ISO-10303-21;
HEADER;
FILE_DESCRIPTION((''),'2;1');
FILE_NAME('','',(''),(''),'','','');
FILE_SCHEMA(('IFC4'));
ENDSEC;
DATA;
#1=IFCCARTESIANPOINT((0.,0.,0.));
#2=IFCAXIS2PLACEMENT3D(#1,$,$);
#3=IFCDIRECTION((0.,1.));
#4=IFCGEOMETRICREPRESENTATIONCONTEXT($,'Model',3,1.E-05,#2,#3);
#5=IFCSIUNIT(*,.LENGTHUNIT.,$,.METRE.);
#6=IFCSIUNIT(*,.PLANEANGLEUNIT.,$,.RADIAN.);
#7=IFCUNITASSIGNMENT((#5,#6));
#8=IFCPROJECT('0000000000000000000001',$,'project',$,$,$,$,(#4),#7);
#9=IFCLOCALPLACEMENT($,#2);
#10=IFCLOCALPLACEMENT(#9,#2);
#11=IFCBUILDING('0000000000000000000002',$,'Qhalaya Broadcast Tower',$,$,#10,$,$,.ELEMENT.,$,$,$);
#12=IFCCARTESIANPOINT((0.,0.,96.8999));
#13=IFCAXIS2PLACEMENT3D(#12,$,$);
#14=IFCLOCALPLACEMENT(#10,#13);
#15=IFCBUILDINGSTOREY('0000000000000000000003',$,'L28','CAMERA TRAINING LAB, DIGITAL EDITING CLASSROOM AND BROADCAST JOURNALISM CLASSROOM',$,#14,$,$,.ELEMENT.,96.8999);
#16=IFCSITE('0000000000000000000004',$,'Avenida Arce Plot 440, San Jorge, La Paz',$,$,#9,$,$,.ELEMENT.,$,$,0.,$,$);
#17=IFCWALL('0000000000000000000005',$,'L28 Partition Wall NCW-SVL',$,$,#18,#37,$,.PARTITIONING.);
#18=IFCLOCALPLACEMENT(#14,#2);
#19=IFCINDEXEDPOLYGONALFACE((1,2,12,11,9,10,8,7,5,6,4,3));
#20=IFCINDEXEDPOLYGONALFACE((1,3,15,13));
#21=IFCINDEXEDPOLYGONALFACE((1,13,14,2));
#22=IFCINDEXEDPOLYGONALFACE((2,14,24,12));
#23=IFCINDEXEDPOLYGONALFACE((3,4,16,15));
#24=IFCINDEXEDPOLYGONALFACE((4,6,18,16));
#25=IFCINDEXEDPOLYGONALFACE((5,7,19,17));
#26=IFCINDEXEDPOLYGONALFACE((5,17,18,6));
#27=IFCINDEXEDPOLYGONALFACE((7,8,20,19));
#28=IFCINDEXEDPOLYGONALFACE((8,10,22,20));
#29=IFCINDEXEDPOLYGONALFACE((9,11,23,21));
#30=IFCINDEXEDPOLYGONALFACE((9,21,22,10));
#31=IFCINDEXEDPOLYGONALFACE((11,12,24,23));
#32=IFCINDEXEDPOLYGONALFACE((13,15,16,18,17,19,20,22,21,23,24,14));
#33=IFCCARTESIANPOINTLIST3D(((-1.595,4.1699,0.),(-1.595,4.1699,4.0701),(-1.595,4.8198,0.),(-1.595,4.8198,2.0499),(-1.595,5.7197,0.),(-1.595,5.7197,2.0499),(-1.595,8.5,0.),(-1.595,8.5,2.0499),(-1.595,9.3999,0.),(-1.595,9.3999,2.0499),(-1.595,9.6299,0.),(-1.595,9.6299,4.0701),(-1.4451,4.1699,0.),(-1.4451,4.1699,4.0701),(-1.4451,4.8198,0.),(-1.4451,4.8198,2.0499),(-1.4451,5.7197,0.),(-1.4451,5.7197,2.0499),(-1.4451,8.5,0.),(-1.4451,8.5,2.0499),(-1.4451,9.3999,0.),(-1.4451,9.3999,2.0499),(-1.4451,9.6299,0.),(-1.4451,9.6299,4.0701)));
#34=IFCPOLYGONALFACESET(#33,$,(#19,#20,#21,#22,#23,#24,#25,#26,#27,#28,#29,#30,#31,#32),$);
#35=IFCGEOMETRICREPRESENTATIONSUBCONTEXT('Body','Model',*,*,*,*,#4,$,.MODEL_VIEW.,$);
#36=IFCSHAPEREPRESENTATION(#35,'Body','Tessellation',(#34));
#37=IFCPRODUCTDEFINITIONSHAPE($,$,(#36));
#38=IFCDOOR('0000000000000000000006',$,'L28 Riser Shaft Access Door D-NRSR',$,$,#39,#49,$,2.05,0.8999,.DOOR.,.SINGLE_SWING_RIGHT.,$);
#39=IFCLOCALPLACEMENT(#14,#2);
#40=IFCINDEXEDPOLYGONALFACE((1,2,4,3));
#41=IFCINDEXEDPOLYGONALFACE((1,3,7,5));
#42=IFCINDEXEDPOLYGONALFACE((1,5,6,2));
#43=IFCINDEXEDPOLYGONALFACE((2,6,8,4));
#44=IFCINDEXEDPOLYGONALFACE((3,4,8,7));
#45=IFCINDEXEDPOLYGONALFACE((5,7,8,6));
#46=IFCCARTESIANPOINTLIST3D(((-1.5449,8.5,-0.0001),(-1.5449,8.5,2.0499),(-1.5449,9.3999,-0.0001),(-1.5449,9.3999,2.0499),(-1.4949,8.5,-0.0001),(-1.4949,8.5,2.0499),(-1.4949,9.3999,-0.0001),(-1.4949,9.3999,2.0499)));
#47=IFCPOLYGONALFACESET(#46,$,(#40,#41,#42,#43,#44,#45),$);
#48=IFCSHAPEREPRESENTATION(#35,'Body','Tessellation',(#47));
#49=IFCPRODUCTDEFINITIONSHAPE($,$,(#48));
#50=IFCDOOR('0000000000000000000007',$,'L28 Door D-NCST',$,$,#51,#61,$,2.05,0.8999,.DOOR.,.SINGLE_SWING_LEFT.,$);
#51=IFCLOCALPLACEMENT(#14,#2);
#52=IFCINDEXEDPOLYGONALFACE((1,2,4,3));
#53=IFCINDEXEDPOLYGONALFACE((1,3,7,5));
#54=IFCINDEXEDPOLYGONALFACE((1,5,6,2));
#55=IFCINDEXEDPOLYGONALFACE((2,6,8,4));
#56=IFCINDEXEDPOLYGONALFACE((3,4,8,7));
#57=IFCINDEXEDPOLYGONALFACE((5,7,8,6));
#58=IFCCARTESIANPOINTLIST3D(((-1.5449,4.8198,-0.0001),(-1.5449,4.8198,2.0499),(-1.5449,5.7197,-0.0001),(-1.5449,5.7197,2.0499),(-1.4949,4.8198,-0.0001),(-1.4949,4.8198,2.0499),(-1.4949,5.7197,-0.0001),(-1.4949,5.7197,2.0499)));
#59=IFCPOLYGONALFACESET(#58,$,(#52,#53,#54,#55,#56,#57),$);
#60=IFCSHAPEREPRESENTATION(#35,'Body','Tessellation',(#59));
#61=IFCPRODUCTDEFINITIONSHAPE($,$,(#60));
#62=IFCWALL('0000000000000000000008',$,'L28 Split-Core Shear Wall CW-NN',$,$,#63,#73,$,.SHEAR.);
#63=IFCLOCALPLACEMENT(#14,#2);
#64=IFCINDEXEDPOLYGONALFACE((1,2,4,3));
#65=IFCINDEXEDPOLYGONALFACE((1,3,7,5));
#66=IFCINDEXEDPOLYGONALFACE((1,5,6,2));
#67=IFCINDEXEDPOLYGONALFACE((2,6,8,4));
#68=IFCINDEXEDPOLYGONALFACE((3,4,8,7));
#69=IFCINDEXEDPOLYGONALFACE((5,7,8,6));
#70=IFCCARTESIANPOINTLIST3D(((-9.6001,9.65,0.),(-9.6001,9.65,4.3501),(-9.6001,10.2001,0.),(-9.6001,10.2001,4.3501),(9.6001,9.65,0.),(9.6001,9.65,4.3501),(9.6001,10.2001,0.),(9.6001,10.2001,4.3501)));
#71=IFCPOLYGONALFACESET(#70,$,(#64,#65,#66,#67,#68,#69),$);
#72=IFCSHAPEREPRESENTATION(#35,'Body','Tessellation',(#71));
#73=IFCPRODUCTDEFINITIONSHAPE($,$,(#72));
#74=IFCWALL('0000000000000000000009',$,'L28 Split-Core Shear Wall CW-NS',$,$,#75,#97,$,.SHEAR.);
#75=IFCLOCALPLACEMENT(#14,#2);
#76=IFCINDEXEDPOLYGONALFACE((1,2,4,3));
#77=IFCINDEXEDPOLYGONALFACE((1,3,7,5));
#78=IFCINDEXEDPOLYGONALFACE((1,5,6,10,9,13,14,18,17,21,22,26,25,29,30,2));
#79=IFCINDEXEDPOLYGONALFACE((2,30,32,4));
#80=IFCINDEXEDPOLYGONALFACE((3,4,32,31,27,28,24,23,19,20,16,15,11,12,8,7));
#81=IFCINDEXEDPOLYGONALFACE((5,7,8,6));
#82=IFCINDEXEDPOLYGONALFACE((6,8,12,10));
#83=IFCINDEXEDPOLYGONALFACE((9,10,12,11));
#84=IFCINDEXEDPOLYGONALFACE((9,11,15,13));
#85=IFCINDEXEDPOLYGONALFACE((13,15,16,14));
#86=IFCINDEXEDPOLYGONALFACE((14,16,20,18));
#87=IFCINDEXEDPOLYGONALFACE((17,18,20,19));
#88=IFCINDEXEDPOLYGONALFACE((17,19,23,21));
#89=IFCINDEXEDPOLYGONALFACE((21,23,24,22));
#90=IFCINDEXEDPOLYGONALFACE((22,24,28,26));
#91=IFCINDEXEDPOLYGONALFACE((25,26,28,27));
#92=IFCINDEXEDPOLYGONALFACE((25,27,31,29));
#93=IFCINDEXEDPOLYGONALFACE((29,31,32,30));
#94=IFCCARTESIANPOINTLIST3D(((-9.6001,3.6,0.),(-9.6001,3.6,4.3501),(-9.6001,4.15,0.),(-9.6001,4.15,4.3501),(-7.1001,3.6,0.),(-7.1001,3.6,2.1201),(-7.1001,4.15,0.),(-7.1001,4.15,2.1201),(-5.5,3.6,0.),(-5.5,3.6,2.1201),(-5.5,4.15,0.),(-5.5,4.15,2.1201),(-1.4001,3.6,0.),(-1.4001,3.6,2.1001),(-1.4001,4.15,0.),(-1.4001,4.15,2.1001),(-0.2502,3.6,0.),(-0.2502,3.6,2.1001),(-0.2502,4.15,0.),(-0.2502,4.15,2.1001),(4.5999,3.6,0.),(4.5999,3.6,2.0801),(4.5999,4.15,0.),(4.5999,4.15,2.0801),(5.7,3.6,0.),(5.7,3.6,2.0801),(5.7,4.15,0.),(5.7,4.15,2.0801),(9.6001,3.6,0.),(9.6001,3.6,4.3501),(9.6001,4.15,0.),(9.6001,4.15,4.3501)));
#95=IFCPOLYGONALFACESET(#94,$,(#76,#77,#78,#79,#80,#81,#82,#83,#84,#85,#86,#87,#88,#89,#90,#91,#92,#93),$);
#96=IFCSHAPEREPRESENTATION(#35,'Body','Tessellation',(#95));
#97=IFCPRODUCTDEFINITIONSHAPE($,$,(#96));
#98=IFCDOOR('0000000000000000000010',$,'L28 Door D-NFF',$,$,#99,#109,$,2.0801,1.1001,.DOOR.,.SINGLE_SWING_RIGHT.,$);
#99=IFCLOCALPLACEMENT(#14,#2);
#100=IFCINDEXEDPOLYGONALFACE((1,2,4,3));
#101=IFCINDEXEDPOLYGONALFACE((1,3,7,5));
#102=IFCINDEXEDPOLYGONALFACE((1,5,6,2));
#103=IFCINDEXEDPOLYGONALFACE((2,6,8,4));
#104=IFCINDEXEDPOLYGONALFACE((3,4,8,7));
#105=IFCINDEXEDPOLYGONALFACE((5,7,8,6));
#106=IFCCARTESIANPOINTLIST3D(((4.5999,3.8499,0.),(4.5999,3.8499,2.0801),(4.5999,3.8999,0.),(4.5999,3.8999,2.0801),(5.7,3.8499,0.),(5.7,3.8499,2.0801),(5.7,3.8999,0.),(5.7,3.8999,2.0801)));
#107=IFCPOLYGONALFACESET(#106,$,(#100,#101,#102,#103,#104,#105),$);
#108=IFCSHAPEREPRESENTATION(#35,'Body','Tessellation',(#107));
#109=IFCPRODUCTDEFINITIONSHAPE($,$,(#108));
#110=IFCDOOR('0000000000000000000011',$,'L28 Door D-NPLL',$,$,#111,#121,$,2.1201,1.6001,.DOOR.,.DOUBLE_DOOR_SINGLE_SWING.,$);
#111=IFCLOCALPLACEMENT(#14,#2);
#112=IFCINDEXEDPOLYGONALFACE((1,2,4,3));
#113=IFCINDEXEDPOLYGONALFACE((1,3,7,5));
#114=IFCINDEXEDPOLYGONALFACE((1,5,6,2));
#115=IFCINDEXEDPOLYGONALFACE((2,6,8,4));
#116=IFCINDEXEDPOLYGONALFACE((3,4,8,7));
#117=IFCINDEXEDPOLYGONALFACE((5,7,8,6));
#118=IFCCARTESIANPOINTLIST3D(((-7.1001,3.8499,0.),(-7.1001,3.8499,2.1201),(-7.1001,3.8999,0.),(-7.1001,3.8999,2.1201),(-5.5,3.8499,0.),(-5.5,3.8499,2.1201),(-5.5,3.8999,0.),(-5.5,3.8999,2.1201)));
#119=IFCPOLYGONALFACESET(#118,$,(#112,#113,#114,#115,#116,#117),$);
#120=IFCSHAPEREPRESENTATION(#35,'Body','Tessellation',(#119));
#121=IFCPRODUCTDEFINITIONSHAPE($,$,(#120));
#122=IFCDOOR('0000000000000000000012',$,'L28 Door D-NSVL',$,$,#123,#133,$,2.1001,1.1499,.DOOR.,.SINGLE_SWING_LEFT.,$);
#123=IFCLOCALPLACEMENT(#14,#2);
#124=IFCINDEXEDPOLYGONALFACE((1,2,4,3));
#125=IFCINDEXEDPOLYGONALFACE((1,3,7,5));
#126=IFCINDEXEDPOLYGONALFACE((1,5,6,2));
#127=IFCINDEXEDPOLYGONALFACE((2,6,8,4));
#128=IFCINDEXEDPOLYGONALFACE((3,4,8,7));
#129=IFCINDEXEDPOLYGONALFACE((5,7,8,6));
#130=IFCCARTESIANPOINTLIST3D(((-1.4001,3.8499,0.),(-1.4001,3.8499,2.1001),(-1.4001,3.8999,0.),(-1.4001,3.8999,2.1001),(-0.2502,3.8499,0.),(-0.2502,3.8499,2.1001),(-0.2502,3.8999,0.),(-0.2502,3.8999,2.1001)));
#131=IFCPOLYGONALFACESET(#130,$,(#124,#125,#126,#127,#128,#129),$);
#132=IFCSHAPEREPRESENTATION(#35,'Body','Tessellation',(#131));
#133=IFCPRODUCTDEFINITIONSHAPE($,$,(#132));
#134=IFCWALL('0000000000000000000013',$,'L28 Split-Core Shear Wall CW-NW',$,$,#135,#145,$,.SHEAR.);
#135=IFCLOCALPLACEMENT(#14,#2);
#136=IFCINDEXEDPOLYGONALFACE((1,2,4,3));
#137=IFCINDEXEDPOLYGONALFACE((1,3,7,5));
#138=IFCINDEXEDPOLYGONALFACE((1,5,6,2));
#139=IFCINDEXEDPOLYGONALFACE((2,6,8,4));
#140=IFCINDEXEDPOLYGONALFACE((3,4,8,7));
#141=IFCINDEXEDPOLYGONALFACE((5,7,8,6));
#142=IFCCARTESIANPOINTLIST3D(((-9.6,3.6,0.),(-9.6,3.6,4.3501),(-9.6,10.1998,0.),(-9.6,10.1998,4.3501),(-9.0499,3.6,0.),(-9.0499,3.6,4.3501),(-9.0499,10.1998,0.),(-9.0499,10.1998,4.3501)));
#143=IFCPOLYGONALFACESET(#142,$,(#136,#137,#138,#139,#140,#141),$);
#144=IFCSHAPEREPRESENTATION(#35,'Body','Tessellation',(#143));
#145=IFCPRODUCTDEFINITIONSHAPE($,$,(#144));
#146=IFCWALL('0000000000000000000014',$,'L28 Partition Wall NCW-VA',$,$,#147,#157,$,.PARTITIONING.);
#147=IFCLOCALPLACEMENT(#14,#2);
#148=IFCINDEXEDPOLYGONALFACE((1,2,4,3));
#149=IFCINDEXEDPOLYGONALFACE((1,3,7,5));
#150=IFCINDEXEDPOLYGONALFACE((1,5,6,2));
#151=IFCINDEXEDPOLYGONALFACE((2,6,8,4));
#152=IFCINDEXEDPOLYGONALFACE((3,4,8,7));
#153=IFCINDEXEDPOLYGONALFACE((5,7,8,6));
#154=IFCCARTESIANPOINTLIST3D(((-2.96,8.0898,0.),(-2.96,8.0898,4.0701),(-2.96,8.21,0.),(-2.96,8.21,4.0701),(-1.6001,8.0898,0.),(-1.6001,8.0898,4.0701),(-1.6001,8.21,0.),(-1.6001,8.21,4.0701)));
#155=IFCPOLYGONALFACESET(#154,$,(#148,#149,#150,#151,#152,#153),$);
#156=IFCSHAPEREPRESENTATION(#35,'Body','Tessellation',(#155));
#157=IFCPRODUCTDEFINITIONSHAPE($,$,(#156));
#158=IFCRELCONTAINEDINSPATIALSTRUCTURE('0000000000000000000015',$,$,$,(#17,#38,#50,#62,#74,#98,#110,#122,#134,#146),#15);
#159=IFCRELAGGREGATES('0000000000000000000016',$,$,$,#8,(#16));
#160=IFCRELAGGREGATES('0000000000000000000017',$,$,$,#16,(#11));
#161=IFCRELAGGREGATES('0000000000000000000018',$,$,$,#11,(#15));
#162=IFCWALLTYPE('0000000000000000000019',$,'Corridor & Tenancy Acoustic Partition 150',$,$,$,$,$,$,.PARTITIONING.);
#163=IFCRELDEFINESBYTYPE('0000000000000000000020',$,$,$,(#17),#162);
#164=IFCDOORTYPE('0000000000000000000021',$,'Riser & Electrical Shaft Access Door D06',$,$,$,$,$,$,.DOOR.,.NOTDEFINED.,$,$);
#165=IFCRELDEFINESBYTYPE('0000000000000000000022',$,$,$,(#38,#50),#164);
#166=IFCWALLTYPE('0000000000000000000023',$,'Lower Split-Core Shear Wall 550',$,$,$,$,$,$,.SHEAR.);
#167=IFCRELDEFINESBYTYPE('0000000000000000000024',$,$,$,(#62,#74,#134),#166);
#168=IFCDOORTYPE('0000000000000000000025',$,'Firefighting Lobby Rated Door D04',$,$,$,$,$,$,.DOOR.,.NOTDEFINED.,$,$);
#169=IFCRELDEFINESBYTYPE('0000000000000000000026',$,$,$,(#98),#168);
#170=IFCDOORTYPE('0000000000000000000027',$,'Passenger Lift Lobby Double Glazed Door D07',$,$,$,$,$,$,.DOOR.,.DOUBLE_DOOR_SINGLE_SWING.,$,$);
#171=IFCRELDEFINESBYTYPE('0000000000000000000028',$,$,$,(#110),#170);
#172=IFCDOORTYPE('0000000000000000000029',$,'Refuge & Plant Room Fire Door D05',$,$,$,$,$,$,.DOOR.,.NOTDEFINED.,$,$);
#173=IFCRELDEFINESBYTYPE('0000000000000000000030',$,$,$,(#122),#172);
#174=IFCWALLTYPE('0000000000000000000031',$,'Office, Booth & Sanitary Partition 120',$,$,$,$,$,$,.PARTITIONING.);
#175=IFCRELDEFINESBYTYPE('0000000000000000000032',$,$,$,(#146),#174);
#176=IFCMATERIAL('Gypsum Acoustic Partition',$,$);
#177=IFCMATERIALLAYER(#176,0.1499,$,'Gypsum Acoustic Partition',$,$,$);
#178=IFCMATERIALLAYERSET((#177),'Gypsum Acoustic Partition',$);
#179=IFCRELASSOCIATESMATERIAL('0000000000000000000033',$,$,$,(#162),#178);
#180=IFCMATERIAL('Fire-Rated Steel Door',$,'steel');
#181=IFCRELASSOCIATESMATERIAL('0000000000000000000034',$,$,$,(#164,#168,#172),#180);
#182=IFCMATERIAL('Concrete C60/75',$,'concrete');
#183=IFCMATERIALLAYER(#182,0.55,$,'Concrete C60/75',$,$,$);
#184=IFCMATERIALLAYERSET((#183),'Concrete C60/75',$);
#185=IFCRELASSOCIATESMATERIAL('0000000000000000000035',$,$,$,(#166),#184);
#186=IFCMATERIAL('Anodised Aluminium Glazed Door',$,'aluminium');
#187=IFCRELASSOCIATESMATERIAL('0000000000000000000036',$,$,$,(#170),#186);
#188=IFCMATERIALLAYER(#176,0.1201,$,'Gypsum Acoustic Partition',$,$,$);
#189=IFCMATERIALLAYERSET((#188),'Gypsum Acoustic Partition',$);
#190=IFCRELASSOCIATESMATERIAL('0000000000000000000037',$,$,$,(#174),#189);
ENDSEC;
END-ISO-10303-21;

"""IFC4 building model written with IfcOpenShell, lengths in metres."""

from ifc_helpers import new_model, si_unit, direction, frame, frame_2d, origin, place, context, subcontext, project, spatial, rectangle, extrude, material, layer, layer_set, type_object, element, fill, save


model = new_model("IFC4")

# Units and contexts
model_context = context("Model", 3, precision=1e-05, world=origin(), true_north=direction((0.0, 1.0)))
body_context = subcontext(model_context, "Body", "Model", "MODEL_VIEW")
ifc_project = project(units=[si_unit("LENGTHUNIT", "METRE"), si_unit("PLANEANGLEUNIT", "RADIAN")], contexts=[model_context])

# Site, building, storey
site_placement = place(None, origin())
site = spatial("IfcSite", under=ifc_project, at=site_placement, Name="Avenida Arce Plot 440, San Jorge, La Paz", CompositionType="ELEMENT", RefElevation=0.0)
building_placement = place(site_placement, origin())
building = spatial("IfcBuilding", under=site, at=building_placement, Name="Qhalaya Broadcast Tower", CompositionType="ELEMENT")
storey_placement = place(building_placement, frame((0.0, 0.0, 96.8999)))
storey = spatial("IfcBuildingStorey", under=building, at=storey_placement, Name="L28", Description="CAMERA TRAINING LAB, DIGITAL EDITING CLASSROOM AND BROADCAST JOURNALISM CLASSROOM", CompositionType="ELEMENT", Elevation=96.8999)

# Wall, openings, doors
ifc_material_1 = material(Name="Gypsum Acoustic Partition")
ifc_layer_1 = layer(ifc_material_1, 0.1499, Name="Gypsum Acoustic Partition")
ifc_layer_set_1 = layer_set([ifc_layer_1], Name="Gypsum Acoustic Partition")
wall_type_1 = type_object("IfcWallType", Name="Corridor & Tenancy Acoustic Partition 150", PredefinedType="PARTITIONING", material=ifc_layer_set_1)
wall_1_placement = place(storey_placement, frame((-1.52, 4.1699, 0.0), z_axis=(0.0, 0.0, 1.0), x_axis=(0.0, 1.0, 0.0)))
wall_1 = element("IfcWall", 1, at=wall_1_placement, inside=storey, type_object=wall_type_1, Name="L28 Partition Wall NCW-SVL", PredefinedType="PARTITIONING", context=body_context, shape_type="SweptSolid", body=[
    extrude(rectangle(XDim=5.46, YDim=0.1499, at=frame_2d((2.73, 0.0))), origin(), (0.0, 0.0, 1.0), 4.0701),
])
opening_1_placement = place(wall_1_placement, frame((4.3301, 0.0, 0.0)))
opening_1 = element("IfcOpeningElement", 2, at=opening_1_placement, cuts=wall_1, PredefinedType="OPENING", context=body_context, shape_type="SweptSolid", body=[
    extrude(rectangle(XDim=0.8999, YDim=2.05, at=frame_2d((0.45, 1.0249))), frame((0.0, 0.0869, 0.0), z_axis=(0.0, -1.0, 0.0), x_axis=(1.0, 0.0, 0.0)), (0.0, 0.0, 1.0), 0.1738),
])
opening_2_placement = place(wall_1_placement, frame((0.6499, 0.0, 0.0)))
opening_2 = element("IfcOpeningElement", 3, at=opening_2_placement, cuts=wall_1, PredefinedType="OPENING", context=body_context, shape_type="SweptSolid", body=[
    extrude(rectangle(XDim=0.8999, YDim=2.05, at=frame_2d((0.45, 1.0249))), frame((0.0, 0.0869, 0.0), z_axis=(0.0, -1.0, 0.0), x_axis=(1.0, 0.0, 0.0)), (0.0, 0.0, 1.0), 0.1738),
])
ifc_material_2 = material(Name="Fire-Rated Steel Door", Category="steel")
door_type_1 = type_object("IfcDoorType", Name="Riser & Electrical Shaft Access Door D06", OperationType="NOTDEFINED", PredefinedType="DOOR", material=ifc_material_2)
door_1_placement = place(opening_1_placement, origin())
door_1 = element("IfcDoor", 4, at=door_1_placement, inside=storey, type_object=door_type_1, Name="L28 Riser Shaft Access Door D-NRSR", OperationType="SINGLE_SWING_RIGHT", OverallHeight=2.05, OverallWidth=0.8999, PredefinedType="DOOR", context=body_context, shape_type="SweptSolid", body=[
    extrude(rectangle(XDim=0.8999, YDim=2.05, at=frame_2d((0.45, 1.0249))), frame((0.0, 0.0249, 0.0), z_axis=(0.0, -1.0, 0.0), x_axis=(1.0, 0.0, 0.0)), (0.0, 0.0, 1.0), 0.05),
])
fill(opening_1, door_1)
door_2_placement = place(opening_2_placement, origin())
door_2 = element("IfcDoor", 5, at=door_2_placement, inside=storey, type_object=door_type_1, Name="L28 Door D-NCST", OperationType="SINGLE_SWING_LEFT", OverallHeight=2.05, OverallWidth=0.8999, PredefinedType="DOOR", context=body_context, shape_type="SweptSolid", body=[
    extrude(rectangle(XDim=0.8999, YDim=2.05, at=frame_2d((0.45, 1.0249))), frame((0.0, 0.0249, 0.0), z_axis=(0.0, -1.0, 0.0), x_axis=(1.0, 0.0, 0.0)), (0.0, 0.0, 1.0), 0.05),
])
fill(opening_2, door_2)

# Wall
ifc_material_3 = material(Name="Concrete C60/75", Category="concrete")
ifc_layer_2 = layer(ifc_material_3, 0.55, Name="Concrete C60/75")
ifc_layer_set_2 = layer_set([ifc_layer_2], Name="Concrete C60/75")
wall_type_2 = type_object("IfcWallType", Name="Lower Split-Core Shear Wall 550", PredefinedType="SHEAR", material=ifc_layer_set_2)
wall_2_placement = place(storey_placement, frame((-9.6001, 9.925, 0.0), z_axis=(0.0, 0.0, 1.0), x_axis=(1.0, 0.0, 0.0)))
element("IfcWall", 6, at=wall_2_placement, inside=storey, type_object=wall_type_2, Name="L28 Split-Core Shear Wall CW-NN", PredefinedType="SHEAR", context=body_context, shape_type="SweptSolid", body=[
    extrude(rectangle(XDim=19.2002, YDim=0.55, at=frame_2d((9.6001, 0.0))), origin(), (0.0, 0.0, 1.0), 4.3501),
])

# Wall, openings, doors
wall_3_placement = place(storey_placement, frame((-9.6001, 3.875, 0.0), z_axis=(0.0, 0.0, 1.0), x_axis=(1.0, 0.0, 0.0)))
wall_3 = element("IfcWall", 7, at=wall_3_placement, inside=storey, type_object=wall_type_2, Name="L28 Split-Core Shear Wall CW-NS", PredefinedType="SHEAR", context=body_context, shape_type="SweptSolid", body=[
    extrude(rectangle(XDim=19.2002, YDim=0.55, at=frame_2d((9.6001, 0.0))), origin(), (0.0, 0.0, 1.0), 4.3501),
])
opening_3_placement = place(wall_3_placement, frame((14.2, 0.0, 0.0)))
opening_3 = element("IfcOpeningElement", 8, at=opening_3_placement, cuts=wall_3, PredefinedType="OPENING", context=body_context, shape_type="SweptSolid", body=[
    extrude(rectangle(XDim=1.1001, YDim=2.0801, at=frame_2d((0.55, 1.04))), frame((0.0, 0.2871, 0.0), z_axis=(0.0, -1.0, 0.0), x_axis=(1.0, 0.0, 0.0)), (0.0, 0.0, 1.0), 0.574),
])
opening_4_placement = place(wall_3_placement, frame((8.2, 0.0, 0.0)))
opening_4 = element("IfcOpeningElement", 9, at=opening_4_placement, cuts=wall_3, PredefinedType="OPENING", context=body_context, shape_type="SweptSolid", body=[
    extrude(rectangle(XDim=1.1499, YDim=2.1001, at=frame_2d((0.575, 1.05))), frame((0.0, 0.2871, 0.0), z_axis=(0.0, -1.0, 0.0), x_axis=(1.0, 0.0, 0.0)), (0.0, 0.0, 1.0), 0.574),
])
opening_5_placement = place(wall_3_placement, frame((2.5, 0.0, 0.0)))
opening_5 = element("IfcOpeningElement", 10, at=opening_5_placement, cuts=wall_3, PredefinedType="OPENING", context=body_context, shape_type="SweptSolid", body=[
    extrude(rectangle(XDim=1.6001, YDim=2.1201, at=frame_2d((0.8, 1.0601))), frame((0.0, 0.2871, 0.0), z_axis=(0.0, -1.0, 0.0), x_axis=(1.0, 0.0, 0.0)), (0.0, 0.0, 1.0), 0.574),
])
door_type_2 = type_object("IfcDoorType", Name="Firefighting Lobby Rated Door D04", OperationType="NOTDEFINED", PredefinedType="DOOR", material=ifc_material_2)
door_3_placement = place(opening_3_placement, origin())
door_3 = element("IfcDoor", 11, at=door_3_placement, inside=storey, type_object=door_type_2, Name="L28 Door D-NFF", OperationType="SINGLE_SWING_RIGHT", OverallHeight=2.0801, OverallWidth=1.1001, PredefinedType="DOOR", context=body_context, shape_type="SweptSolid", body=[
    extrude(rectangle(XDim=1.1001, YDim=2.0801, at=frame_2d((0.55, 1.04))), frame((0.0, 0.0249, 0.0), z_axis=(0.0, -1.0, 0.0), x_axis=(1.0, 0.0, 0.0)), (0.0, 0.0, 1.0), 0.05),
])
fill(opening_3, door_3)
ifc_material_4 = material(Name="Anodised Aluminium Glazed Door", Category="aluminium")
door_type_3 = type_object("IfcDoorType", Name="Passenger Lift Lobby Double Glazed Door D07", OperationType="DOUBLE_DOOR_SINGLE_SWING", PredefinedType="DOOR", material=ifc_material_4)
door_4_placement = place(opening_5_placement, origin())
door_4 = element("IfcDoor", 12, at=door_4_placement, inside=storey, type_object=door_type_3, Name="L28 Door D-NPLL", OperationType="DOUBLE_DOOR_SINGLE_SWING", OverallHeight=2.1201, OverallWidth=1.6001, PredefinedType="DOOR", context=body_context, shape_type="SweptSolid", body=[
    extrude(rectangle(XDim=1.6001, YDim=2.1201, at=frame_2d((0.8, 1.0601))), frame((0.0, 0.0249, 0.0), z_axis=(0.0, -1.0, 0.0), x_axis=(1.0, 0.0, 0.0)), (0.0, 0.0, 1.0), 0.05),
])
fill(opening_5, door_4)
door_type_4 = type_object("IfcDoorType", Name="Refuge & Plant Room Fire Door D05", OperationType="NOTDEFINED", PredefinedType="DOOR", material=ifc_material_2)
door_5_placement = place(opening_4_placement, origin())
door_5 = element("IfcDoor", 13, at=door_5_placement, inside=storey, type_object=door_type_4, Name="L28 Door D-NSVL", OperationType="SINGLE_SWING_LEFT", OverallHeight=2.1001, OverallWidth=1.1499, PredefinedType="DOOR", context=body_context, shape_type="SweptSolid", body=[
    extrude(rectangle(XDim=1.1499, YDim=2.1001, at=frame_2d((0.575, 1.05))), frame((0.0, 0.0249, 0.0), z_axis=(0.0, -1.0, 0.0), x_axis=(1.0, 0.0, 0.0)), (0.0, 0.0, 1.0), 0.05),
])
fill(opening_4, door_5)

# Walls
wall_4_placement = place(storey_placement, frame((-9.325, 3.6001, 0.0), z_axis=(0.0, 0.0, 1.0), x_axis=(0.0, 1.0, 0.0)))
element("IfcWall", 14, at=wall_4_placement, inside=storey, type_object=wall_type_2, Name="L28 Split-Core Shear Wall CW-NW", PredefinedType="SHEAR", context=body_context, shape_type="SweptSolid", body=[
    extrude(rectangle(XDim=6.5999, YDim=0.55, at=frame_2d((3.2998, 0.0))), origin(), (0.0, 0.0, 1.0), 4.3501),
])
ifc_layer_3 = layer(ifc_material_1, 0.1201, Name="Gypsum Acoustic Partition")
ifc_layer_set_3 = layer_set([ifc_layer_3], Name="Gypsum Acoustic Partition")
wall_type_3 = type_object("IfcWallType", Name="Office, Booth & Sanitary Partition 120", PredefinedType="PARTITIONING", material=ifc_layer_set_3)
wall_5_placement = place(storey_placement, frame((-2.96, 8.1499, 0.0), z_axis=(0.0, 0.0, 1.0), x_axis=(1.0, 0.0, 0.0)))
element("IfcWall", 15, at=wall_5_placement, inside=storey, type_object=wall_type_3, Name="L28 Partition Wall NCW-VA", PredefinedType="PARTITIONING", context=body_context, shape_type="SweptSolid", body=[
    extrude(rectangle(XDim=1.3599, YDim=0.1201, at=frame_2d((0.6799, 0.0))), origin(), (0.0, 0.0, 1.0), 4.0701),
])

save(model, "model.ifc")
